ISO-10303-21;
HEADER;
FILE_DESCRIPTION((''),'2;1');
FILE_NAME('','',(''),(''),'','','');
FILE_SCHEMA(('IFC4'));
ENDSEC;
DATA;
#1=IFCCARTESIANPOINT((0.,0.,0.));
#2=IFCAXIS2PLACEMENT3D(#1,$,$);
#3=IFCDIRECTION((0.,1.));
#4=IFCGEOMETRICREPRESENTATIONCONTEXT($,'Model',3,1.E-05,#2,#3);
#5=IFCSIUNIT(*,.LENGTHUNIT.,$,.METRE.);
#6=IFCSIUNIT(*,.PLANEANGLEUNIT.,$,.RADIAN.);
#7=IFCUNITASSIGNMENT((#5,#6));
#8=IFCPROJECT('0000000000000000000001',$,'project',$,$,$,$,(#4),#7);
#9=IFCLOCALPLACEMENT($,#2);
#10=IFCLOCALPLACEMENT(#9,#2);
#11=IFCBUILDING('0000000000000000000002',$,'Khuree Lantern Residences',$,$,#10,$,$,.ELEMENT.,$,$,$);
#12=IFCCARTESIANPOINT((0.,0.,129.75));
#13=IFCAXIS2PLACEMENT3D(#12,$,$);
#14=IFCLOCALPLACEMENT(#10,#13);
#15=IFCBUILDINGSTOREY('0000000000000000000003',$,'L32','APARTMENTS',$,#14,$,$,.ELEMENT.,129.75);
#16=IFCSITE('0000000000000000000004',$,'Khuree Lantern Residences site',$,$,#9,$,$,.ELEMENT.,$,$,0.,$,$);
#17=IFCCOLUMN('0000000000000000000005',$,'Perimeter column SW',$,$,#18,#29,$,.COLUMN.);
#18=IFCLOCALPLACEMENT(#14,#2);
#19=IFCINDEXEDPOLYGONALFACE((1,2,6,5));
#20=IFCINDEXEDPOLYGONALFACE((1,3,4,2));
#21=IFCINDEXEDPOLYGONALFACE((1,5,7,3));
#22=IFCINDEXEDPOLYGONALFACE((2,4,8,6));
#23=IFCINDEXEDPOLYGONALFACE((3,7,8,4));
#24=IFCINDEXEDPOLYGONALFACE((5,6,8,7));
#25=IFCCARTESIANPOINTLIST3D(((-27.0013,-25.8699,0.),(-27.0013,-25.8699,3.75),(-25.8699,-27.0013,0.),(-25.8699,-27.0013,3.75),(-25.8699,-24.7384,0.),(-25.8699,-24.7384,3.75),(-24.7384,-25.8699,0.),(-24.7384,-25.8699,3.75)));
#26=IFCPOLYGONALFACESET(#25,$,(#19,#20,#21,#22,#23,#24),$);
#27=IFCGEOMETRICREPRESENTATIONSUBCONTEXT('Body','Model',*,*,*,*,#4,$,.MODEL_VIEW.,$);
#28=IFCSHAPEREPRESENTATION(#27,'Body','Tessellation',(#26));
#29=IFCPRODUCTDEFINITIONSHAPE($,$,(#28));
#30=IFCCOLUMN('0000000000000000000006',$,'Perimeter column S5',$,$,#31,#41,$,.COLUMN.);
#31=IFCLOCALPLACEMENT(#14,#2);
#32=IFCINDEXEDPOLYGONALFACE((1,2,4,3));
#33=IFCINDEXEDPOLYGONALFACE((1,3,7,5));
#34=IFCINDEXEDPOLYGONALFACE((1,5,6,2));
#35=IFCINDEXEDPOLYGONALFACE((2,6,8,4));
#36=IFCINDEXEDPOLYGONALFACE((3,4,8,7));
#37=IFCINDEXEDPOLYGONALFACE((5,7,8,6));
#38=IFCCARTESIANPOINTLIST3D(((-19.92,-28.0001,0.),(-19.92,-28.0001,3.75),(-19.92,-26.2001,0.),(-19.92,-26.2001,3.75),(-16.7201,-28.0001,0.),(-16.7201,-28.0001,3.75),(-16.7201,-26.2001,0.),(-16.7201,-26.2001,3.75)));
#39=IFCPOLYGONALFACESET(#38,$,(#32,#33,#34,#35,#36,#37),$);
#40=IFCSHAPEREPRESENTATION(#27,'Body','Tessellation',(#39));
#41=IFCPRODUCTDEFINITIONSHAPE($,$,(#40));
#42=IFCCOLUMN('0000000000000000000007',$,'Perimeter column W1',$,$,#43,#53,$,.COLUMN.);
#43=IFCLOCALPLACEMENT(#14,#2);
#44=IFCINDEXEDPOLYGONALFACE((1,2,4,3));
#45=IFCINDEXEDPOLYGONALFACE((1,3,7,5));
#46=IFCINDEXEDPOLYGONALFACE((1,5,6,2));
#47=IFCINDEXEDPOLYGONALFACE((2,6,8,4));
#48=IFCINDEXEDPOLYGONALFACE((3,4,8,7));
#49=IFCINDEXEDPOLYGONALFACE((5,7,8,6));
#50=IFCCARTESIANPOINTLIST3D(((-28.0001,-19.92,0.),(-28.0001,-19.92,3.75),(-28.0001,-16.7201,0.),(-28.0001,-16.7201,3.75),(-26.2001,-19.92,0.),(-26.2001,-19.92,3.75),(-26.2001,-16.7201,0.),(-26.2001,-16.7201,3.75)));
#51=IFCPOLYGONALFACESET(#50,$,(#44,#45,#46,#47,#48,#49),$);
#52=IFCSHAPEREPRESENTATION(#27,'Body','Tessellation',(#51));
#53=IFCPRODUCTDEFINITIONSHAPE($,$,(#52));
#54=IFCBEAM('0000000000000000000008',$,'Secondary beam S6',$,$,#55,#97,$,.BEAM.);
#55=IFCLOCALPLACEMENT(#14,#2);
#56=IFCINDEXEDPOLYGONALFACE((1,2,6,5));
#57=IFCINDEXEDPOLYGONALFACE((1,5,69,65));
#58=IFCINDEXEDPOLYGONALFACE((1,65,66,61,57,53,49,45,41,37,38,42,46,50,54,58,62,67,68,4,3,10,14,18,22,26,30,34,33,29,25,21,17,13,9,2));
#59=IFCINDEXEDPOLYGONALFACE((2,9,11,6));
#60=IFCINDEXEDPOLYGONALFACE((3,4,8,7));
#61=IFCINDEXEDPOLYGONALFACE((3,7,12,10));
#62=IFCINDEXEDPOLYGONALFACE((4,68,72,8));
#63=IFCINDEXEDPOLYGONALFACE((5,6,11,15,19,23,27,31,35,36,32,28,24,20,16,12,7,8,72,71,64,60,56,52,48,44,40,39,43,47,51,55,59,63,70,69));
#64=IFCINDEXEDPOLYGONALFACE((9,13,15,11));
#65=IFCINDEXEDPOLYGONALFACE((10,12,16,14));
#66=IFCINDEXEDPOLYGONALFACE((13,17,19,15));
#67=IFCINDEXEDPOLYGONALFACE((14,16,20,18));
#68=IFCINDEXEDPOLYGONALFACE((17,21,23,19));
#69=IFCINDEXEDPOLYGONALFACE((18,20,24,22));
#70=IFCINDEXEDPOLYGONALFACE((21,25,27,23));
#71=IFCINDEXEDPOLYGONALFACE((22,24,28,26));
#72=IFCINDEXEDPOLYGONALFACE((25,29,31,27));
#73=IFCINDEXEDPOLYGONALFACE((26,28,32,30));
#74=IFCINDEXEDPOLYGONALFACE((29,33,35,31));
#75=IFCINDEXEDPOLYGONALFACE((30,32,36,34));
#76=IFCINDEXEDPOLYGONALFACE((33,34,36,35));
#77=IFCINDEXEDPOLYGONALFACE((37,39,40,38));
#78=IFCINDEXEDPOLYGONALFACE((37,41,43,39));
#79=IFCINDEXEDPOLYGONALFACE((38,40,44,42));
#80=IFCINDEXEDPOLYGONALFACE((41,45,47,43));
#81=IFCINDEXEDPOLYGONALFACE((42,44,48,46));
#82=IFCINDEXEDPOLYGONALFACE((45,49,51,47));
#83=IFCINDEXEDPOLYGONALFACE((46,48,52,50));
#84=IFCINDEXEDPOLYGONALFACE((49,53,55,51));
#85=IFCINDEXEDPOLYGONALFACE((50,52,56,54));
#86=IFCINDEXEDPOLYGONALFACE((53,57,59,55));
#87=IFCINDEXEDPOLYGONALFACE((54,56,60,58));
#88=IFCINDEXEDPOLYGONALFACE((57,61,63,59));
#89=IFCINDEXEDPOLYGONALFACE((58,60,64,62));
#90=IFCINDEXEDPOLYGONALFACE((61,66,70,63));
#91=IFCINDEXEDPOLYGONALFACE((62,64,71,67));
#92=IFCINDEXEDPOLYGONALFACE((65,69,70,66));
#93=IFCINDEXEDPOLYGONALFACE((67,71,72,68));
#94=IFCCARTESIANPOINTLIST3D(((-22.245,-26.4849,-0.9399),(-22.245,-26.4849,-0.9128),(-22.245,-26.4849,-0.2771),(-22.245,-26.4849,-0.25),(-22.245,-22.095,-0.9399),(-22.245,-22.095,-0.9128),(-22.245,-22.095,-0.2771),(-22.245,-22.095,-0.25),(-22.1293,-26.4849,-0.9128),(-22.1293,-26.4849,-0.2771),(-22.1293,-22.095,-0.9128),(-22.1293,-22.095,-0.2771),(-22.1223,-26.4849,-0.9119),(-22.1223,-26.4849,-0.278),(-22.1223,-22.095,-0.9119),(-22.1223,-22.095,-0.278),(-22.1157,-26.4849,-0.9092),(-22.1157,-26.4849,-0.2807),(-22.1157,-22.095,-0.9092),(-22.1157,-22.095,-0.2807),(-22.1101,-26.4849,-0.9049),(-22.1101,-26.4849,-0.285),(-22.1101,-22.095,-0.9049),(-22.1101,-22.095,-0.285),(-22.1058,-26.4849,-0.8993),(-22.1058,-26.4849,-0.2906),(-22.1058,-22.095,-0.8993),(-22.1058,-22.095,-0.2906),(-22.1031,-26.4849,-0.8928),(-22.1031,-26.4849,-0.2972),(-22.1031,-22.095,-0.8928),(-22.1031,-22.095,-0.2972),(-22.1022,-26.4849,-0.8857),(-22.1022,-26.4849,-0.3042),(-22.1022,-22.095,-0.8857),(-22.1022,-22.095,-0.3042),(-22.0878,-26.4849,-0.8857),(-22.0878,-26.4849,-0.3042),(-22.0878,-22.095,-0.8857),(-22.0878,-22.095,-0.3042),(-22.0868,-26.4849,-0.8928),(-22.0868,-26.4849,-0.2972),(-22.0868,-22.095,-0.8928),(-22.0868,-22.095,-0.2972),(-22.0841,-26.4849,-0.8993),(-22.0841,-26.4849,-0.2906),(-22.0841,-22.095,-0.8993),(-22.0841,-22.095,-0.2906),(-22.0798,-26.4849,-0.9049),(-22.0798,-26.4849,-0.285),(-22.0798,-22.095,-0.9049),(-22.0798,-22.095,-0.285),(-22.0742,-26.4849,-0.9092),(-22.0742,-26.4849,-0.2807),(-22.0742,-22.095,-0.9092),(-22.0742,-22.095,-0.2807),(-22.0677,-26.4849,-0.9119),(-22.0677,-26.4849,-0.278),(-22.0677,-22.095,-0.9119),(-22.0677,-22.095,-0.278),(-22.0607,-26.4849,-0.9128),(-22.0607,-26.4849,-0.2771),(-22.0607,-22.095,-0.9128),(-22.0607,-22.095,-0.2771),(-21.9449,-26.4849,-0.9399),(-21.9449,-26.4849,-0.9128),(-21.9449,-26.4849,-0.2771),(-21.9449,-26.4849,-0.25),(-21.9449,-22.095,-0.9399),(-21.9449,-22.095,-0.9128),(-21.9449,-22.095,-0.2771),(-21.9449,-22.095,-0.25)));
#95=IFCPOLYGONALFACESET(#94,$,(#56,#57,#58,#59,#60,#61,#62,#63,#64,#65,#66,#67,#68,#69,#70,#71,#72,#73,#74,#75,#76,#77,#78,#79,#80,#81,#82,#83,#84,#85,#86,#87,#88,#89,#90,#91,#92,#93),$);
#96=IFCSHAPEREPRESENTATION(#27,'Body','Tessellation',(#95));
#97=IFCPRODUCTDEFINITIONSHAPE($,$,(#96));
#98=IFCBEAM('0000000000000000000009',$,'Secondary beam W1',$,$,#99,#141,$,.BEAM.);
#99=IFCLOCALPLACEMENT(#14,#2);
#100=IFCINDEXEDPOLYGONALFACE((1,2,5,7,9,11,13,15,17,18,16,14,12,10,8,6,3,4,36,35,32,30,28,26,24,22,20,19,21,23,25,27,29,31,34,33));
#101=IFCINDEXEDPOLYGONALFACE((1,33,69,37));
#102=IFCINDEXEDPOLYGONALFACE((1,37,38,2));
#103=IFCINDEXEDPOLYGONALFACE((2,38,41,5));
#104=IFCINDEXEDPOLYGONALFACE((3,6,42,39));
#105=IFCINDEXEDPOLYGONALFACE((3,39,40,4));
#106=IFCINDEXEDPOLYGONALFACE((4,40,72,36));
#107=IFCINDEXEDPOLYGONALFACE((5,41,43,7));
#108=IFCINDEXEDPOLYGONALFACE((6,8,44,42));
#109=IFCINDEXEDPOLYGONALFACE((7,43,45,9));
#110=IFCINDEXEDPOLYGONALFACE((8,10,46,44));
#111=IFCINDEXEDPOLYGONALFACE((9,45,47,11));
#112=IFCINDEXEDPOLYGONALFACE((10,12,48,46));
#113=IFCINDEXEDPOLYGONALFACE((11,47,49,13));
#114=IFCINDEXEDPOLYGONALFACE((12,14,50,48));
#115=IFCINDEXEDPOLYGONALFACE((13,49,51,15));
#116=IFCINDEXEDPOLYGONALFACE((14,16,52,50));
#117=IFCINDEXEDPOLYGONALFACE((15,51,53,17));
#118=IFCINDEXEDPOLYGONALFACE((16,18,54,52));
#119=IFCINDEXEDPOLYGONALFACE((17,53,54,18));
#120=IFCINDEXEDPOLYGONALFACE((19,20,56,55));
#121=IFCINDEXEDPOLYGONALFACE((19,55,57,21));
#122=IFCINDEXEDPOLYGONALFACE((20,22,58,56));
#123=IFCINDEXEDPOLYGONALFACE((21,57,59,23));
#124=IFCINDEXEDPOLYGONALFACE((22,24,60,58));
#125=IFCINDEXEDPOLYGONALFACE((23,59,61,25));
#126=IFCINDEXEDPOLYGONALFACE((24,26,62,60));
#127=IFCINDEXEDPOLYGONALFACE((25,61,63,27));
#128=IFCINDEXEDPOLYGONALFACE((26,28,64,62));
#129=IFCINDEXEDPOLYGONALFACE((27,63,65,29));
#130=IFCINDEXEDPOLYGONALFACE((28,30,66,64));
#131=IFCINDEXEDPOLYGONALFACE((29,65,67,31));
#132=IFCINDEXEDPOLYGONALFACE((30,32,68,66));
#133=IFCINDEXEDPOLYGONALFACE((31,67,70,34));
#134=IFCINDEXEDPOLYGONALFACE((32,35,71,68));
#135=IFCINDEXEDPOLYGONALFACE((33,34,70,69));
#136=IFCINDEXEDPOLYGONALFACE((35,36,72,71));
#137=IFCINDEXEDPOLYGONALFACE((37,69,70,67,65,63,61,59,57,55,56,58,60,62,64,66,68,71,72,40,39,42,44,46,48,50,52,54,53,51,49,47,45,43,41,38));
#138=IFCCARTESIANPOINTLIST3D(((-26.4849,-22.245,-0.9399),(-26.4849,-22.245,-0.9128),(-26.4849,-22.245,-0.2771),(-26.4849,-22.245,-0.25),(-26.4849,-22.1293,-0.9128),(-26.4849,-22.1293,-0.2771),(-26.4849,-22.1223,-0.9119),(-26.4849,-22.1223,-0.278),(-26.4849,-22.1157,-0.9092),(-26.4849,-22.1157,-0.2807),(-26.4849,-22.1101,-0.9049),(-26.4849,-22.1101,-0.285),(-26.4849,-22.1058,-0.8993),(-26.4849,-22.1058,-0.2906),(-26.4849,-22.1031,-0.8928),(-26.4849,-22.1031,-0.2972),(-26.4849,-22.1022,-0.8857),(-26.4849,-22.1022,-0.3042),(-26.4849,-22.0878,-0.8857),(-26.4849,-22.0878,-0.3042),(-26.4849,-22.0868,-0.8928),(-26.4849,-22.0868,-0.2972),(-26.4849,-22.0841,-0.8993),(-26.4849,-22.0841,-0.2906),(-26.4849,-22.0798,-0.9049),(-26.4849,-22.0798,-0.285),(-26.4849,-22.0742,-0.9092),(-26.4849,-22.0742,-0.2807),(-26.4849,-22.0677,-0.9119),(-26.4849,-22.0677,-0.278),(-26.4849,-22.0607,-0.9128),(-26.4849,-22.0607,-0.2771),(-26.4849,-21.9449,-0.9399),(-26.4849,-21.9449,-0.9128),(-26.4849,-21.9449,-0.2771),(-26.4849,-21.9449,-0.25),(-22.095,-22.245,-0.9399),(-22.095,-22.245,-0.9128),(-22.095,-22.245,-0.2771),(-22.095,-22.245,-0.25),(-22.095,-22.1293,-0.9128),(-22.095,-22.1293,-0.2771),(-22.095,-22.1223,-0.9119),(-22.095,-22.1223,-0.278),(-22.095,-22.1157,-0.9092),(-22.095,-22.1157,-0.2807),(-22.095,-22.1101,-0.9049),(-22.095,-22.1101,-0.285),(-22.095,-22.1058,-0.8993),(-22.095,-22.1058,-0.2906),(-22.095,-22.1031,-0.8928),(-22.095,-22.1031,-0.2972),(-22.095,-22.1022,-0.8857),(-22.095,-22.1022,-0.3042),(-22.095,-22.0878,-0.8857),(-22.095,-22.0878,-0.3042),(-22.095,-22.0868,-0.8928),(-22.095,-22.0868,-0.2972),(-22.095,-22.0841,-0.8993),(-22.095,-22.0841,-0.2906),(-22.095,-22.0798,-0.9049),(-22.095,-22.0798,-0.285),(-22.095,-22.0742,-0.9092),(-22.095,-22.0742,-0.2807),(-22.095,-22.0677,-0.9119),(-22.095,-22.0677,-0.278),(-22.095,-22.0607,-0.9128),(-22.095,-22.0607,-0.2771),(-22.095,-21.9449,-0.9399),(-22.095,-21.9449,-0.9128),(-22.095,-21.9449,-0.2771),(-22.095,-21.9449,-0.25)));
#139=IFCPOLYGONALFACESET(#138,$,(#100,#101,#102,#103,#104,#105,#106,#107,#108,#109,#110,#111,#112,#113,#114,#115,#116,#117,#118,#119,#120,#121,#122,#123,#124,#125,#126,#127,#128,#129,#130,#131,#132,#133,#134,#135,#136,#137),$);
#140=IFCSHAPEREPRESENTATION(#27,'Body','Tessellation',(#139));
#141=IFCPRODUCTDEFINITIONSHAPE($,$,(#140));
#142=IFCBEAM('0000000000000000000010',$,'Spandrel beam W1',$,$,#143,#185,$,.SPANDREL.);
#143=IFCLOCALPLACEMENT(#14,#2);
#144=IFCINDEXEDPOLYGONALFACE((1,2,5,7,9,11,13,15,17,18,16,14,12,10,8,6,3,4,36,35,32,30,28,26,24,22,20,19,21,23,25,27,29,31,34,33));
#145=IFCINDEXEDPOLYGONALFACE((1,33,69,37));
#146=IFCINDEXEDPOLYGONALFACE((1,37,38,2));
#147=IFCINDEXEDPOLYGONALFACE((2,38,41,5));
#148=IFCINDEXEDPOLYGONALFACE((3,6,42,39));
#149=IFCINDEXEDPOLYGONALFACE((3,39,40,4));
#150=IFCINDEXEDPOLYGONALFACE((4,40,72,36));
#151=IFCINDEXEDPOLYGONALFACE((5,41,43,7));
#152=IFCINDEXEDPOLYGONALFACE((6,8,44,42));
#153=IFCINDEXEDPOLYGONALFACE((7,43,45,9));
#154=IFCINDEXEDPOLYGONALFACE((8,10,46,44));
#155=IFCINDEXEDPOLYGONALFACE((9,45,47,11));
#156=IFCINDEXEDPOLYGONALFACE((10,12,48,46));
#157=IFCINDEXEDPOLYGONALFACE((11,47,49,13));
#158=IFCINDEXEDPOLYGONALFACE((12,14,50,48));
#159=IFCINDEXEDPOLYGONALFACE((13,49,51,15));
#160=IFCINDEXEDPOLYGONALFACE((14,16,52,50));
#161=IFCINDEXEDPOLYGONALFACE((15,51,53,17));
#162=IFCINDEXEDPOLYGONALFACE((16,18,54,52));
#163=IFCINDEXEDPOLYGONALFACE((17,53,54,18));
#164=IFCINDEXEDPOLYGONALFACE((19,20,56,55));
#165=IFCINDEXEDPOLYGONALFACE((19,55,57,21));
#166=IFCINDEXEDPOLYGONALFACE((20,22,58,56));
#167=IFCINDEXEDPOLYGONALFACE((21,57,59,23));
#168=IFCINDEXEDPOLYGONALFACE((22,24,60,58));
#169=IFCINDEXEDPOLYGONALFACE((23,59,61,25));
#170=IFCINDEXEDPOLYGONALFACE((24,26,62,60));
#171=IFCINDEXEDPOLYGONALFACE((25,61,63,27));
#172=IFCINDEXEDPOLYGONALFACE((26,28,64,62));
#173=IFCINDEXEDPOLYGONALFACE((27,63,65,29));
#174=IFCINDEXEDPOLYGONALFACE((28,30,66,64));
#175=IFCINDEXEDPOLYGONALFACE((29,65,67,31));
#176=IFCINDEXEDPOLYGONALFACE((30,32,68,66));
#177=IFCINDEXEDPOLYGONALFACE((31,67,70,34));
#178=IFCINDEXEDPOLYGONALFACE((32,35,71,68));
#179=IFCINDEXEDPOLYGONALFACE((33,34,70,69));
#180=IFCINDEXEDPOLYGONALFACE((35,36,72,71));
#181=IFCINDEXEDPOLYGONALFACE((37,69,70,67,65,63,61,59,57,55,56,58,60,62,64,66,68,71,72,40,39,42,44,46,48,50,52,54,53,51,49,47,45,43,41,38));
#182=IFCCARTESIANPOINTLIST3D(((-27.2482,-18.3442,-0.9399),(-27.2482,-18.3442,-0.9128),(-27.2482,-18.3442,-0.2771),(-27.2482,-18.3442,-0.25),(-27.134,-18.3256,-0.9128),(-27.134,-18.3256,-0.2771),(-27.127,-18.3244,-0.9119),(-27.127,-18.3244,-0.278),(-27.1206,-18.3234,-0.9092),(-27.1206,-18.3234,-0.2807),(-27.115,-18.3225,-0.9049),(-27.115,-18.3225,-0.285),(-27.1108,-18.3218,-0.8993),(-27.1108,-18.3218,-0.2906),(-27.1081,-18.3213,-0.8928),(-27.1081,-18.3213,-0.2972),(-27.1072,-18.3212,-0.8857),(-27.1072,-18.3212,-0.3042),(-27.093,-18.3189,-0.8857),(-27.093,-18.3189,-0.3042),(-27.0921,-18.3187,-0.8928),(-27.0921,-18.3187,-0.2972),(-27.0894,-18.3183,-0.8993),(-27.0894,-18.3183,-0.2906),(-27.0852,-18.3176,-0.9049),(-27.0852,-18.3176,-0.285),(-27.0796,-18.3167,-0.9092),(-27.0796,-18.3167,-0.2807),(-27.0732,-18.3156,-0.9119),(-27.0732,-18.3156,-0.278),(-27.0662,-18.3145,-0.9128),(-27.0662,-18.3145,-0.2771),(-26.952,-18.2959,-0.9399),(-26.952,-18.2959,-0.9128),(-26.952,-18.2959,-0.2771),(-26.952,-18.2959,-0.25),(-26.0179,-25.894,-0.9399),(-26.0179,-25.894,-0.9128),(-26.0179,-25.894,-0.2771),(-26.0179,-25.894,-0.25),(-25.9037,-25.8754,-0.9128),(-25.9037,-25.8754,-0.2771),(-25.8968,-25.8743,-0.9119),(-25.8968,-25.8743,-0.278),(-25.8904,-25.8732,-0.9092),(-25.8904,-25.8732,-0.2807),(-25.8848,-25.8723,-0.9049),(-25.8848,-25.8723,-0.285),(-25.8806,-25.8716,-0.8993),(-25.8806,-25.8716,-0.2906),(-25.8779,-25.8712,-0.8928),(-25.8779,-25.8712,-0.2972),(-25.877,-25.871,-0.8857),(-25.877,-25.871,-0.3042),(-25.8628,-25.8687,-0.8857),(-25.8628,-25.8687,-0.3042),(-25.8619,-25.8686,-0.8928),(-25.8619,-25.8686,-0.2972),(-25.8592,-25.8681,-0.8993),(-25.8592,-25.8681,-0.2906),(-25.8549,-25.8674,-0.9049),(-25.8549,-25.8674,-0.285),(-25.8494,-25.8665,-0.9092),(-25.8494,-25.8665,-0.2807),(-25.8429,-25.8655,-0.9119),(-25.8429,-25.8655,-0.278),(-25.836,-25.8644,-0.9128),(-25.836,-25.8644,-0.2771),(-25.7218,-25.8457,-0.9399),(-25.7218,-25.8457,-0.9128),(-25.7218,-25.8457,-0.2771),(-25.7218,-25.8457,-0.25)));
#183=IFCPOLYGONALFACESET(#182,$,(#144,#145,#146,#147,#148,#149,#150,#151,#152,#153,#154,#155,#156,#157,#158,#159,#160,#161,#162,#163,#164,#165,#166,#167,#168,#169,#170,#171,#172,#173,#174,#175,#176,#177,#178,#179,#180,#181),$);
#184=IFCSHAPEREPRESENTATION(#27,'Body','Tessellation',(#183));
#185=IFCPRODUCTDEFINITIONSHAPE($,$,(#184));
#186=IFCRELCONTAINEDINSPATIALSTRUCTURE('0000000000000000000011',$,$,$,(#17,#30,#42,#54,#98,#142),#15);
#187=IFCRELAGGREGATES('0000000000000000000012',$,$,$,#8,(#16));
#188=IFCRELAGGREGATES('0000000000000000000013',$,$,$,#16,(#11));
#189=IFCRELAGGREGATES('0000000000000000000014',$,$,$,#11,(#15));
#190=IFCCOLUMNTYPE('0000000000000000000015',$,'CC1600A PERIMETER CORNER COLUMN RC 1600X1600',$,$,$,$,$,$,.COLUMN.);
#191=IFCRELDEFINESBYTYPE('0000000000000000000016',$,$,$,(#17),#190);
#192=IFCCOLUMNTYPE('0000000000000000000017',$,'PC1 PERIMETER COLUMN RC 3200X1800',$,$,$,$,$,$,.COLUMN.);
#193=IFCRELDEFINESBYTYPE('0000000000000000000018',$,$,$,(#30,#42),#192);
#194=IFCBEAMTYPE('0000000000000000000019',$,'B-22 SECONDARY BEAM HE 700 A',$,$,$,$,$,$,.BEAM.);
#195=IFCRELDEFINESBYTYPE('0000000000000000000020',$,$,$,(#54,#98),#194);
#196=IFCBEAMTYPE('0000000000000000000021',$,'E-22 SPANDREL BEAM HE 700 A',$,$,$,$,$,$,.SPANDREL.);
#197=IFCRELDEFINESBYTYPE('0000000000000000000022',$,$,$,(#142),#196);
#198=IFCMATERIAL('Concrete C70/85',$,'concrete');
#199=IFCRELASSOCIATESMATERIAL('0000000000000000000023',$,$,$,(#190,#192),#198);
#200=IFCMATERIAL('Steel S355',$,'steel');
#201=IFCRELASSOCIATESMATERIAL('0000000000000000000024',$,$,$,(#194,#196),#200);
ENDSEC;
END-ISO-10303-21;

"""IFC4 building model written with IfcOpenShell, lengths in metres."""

from ifc_helpers import new_model, si_unit, direction, frame, origin, origin_2d, place, context, subcontext, project, spatial, rectangle, i_section, extrude, material, material_profile, profile_set, type_object, element, save


model = new_model("IFC4")

# Units and contexts
model_context = context("Model", 3, precision=1e-05, world=origin(), true_north=direction((0.0, 1.0)))
body_context = subcontext(model_context, "Body", "Model", "MODEL_VIEW")
ifc_project = project(units=[si_unit("LENGTHUNIT", "METRE"), si_unit("PLANEANGLEUNIT", "RADIAN")], contexts=[model_context])

# Site, building, storey
site_placement = place(None, origin())
site = spatial("IfcSite", under=ifc_project, at=site_placement, Name="Khuree Lantern Residences site", CompositionType="ELEMENT", RefElevation=0.0)
building_placement = place(site_placement, origin())
building = spatial("IfcBuilding", under=site, at=building_placement, Name="Khuree Lantern Residences", CompositionType="ELEMENT")
storey_placement = place(building_placement, frame((0.0, 0.0, 129.75)))
storey = spatial("IfcBuildingStorey", under=building, at=storey_placement, Name="L32", Description="APARTMENTS", CompositionType="ELEMENT", Elevation=129.75)

# Columns
ifc_material_1 = material(Name="Concrete C70/85", Category="concrete")
ifc_material_profile_1 = material_profile(ifc_material_1, rectangle(XDim=1.6001, YDim=1.6001, at=origin_2d()), Name="RC 1600X1600")
ifc_profile_set_1 = profile_set([ifc_material_profile_1], Name="Concrete C70/85")
column_type_1 = type_object("IfcColumnType", Name="CC1600A PERIMETER CORNER COLUMN RC 1600X1600", PredefinedType="COLUMN", material=ifc_profile_set_1)
column_placement = place(storey_placement, frame((-25.8699, -25.8699, 0.0), z_axis=(0.0, 0.0, 1.0), x_axis=(0.707107, -0.707107, 0.0)))
element("IfcColumn", 1, at=column_placement, inside=storey, type_object=column_type_1, Name="Perimeter column SW", PredefinedType="COLUMN", context=body_context, shape_type="SweptSolid", body=[
    extrude(rectangle(XDim=1.6001, YDim=1.6001, at=origin_2d()), origin(), (0.0, 0.0, 1.0), 3.75),
])
ifc_material_profile_2 = material_profile(ifc_material_1, rectangle(XDim=3.2, YDim=1.8, at=origin_2d()), Name="RC 3200X1800")
ifc_profile_set_2 = profile_set([ifc_material_profile_2], Name="Concrete C70/85")
column_type_2 = type_object("IfcColumnType", Name="PC1 PERIMETER COLUMN RC 3200X1800", PredefinedType="COLUMN", material=ifc_profile_set_2)
for number, where, z_axis, x_axis, name in (
    (2, (-18.3201, -27.1001, 0.0), (0.0, 0.0, 1.0), (1.0, 0.0, 0.0), "Perimeter column S5"),
    (3, (-27.1001, -18.3201, 0.0), (0.0, 0.0, 1.0), (0.0, 1.0, 0.0), "Perimeter column W1"),
):
    element("IfcColumn", number, at=place(storey_placement, frame(where, z_axis=z_axis, x_axis=x_axis)), inside=storey, type_object=column_type_2, Name=name, PredefinedType="COLUMN", context=body_context, shape_type="SweptSolid", body=[
        extrude(rectangle(XDim=3.2, YDim=1.8, at=origin_2d()), origin(), (0.0, 0.0, 1.0), 3.75),
    ])

# Beams
ifc_material_2 = material(Name="Steel S355", Category="steel")
ifc_material_profile_3 = material_profile(ifc_material_2, i_section(OverallWidth=0.3, OverallDepth=0.6899, WebThickness=0.0144, FlangeThickness=0.0271, FilletRadius=0.0271, at=origin_2d()), Name="HE 700 A")
ifc_profile_set_3 = profile_set([ifc_material_profile_3], Name="Steel S355")
beam_type_1 = type_object("IfcBeamType", Name="B-22 SECONDARY BEAM HE 700 A", PredefinedType="BEAM", material=ifc_profile_set_3)
for number, where, z_axis, x_axis, name in (
    (4, (-22.095, -26.4849, -0.595), (0.0, 1.0, 0.0), (-1.0, 0.0, 0.0), "Secondary beam S6"),
    (5, (-26.4849, -22.095, -0.595), (1.0, 0.0, 0.0), (0.0, 1.0, 0.0), "Secondary beam W1"),
):
    element("IfcBeam", number, at=place(storey_placement, frame(where, z_axis=z_axis, x_axis=x_axis)), inside=storey, type_object=beam_type_1, Name=name, PredefinedType="BEAM", context=body_context, shape_type="SweptSolid", body=[
        extrude(i_section(OverallWidth=0.3, OverallDepth=0.6899, WebThickness=0.0144, FlangeThickness=0.0271, FilletRadius=0.0271, at=origin_2d()), origin(), (0.0, 0.0, 1.0), 4.3899),
    ])
ifc_material_profile_4 = material_profile(ifc_material_2, i_section(OverallWidth=0.3, OverallDepth=0.6899, WebThickness=0.0144, FlangeThickness=0.0271, FilletRadius=0.0271, at=origin_2d()), Name="HE 700 A")
ifc_profile_set_4 = profile_set([ifc_material_profile_4], Name="Steel S355")
beam_type_2 = type_object("IfcBeamType", Name="E-22 SPANDREL BEAM HE 700 A", PredefinedType="SPANDREL", material=ifc_profile_set_4)
beam_1_placement = place(storey_placement, frame((-25.8699, -25.8699, -0.595), z_axis=(-0.160827, 0.986983, 0.0), x_axis=(-0.986983, -0.160827, 0.0)))
element("IfcBeam", 6, at=beam_1_placement, inside=storey, type_object=beam_type_2, Name="Spandrel beam W1", PredefinedType="SPANDREL", context=body_context, shape_type="SweptSolid", body=[
    extrude(i_section(OverallWidth=0.3, OverallDepth=0.6899, WebThickness=0.0144, FlangeThickness=0.0271, FilletRadius=0.0271, at=origin_2d()), origin(), (0.0, 0.0, 1.0), 7.6494),
])

save(model, "model.ifc")
